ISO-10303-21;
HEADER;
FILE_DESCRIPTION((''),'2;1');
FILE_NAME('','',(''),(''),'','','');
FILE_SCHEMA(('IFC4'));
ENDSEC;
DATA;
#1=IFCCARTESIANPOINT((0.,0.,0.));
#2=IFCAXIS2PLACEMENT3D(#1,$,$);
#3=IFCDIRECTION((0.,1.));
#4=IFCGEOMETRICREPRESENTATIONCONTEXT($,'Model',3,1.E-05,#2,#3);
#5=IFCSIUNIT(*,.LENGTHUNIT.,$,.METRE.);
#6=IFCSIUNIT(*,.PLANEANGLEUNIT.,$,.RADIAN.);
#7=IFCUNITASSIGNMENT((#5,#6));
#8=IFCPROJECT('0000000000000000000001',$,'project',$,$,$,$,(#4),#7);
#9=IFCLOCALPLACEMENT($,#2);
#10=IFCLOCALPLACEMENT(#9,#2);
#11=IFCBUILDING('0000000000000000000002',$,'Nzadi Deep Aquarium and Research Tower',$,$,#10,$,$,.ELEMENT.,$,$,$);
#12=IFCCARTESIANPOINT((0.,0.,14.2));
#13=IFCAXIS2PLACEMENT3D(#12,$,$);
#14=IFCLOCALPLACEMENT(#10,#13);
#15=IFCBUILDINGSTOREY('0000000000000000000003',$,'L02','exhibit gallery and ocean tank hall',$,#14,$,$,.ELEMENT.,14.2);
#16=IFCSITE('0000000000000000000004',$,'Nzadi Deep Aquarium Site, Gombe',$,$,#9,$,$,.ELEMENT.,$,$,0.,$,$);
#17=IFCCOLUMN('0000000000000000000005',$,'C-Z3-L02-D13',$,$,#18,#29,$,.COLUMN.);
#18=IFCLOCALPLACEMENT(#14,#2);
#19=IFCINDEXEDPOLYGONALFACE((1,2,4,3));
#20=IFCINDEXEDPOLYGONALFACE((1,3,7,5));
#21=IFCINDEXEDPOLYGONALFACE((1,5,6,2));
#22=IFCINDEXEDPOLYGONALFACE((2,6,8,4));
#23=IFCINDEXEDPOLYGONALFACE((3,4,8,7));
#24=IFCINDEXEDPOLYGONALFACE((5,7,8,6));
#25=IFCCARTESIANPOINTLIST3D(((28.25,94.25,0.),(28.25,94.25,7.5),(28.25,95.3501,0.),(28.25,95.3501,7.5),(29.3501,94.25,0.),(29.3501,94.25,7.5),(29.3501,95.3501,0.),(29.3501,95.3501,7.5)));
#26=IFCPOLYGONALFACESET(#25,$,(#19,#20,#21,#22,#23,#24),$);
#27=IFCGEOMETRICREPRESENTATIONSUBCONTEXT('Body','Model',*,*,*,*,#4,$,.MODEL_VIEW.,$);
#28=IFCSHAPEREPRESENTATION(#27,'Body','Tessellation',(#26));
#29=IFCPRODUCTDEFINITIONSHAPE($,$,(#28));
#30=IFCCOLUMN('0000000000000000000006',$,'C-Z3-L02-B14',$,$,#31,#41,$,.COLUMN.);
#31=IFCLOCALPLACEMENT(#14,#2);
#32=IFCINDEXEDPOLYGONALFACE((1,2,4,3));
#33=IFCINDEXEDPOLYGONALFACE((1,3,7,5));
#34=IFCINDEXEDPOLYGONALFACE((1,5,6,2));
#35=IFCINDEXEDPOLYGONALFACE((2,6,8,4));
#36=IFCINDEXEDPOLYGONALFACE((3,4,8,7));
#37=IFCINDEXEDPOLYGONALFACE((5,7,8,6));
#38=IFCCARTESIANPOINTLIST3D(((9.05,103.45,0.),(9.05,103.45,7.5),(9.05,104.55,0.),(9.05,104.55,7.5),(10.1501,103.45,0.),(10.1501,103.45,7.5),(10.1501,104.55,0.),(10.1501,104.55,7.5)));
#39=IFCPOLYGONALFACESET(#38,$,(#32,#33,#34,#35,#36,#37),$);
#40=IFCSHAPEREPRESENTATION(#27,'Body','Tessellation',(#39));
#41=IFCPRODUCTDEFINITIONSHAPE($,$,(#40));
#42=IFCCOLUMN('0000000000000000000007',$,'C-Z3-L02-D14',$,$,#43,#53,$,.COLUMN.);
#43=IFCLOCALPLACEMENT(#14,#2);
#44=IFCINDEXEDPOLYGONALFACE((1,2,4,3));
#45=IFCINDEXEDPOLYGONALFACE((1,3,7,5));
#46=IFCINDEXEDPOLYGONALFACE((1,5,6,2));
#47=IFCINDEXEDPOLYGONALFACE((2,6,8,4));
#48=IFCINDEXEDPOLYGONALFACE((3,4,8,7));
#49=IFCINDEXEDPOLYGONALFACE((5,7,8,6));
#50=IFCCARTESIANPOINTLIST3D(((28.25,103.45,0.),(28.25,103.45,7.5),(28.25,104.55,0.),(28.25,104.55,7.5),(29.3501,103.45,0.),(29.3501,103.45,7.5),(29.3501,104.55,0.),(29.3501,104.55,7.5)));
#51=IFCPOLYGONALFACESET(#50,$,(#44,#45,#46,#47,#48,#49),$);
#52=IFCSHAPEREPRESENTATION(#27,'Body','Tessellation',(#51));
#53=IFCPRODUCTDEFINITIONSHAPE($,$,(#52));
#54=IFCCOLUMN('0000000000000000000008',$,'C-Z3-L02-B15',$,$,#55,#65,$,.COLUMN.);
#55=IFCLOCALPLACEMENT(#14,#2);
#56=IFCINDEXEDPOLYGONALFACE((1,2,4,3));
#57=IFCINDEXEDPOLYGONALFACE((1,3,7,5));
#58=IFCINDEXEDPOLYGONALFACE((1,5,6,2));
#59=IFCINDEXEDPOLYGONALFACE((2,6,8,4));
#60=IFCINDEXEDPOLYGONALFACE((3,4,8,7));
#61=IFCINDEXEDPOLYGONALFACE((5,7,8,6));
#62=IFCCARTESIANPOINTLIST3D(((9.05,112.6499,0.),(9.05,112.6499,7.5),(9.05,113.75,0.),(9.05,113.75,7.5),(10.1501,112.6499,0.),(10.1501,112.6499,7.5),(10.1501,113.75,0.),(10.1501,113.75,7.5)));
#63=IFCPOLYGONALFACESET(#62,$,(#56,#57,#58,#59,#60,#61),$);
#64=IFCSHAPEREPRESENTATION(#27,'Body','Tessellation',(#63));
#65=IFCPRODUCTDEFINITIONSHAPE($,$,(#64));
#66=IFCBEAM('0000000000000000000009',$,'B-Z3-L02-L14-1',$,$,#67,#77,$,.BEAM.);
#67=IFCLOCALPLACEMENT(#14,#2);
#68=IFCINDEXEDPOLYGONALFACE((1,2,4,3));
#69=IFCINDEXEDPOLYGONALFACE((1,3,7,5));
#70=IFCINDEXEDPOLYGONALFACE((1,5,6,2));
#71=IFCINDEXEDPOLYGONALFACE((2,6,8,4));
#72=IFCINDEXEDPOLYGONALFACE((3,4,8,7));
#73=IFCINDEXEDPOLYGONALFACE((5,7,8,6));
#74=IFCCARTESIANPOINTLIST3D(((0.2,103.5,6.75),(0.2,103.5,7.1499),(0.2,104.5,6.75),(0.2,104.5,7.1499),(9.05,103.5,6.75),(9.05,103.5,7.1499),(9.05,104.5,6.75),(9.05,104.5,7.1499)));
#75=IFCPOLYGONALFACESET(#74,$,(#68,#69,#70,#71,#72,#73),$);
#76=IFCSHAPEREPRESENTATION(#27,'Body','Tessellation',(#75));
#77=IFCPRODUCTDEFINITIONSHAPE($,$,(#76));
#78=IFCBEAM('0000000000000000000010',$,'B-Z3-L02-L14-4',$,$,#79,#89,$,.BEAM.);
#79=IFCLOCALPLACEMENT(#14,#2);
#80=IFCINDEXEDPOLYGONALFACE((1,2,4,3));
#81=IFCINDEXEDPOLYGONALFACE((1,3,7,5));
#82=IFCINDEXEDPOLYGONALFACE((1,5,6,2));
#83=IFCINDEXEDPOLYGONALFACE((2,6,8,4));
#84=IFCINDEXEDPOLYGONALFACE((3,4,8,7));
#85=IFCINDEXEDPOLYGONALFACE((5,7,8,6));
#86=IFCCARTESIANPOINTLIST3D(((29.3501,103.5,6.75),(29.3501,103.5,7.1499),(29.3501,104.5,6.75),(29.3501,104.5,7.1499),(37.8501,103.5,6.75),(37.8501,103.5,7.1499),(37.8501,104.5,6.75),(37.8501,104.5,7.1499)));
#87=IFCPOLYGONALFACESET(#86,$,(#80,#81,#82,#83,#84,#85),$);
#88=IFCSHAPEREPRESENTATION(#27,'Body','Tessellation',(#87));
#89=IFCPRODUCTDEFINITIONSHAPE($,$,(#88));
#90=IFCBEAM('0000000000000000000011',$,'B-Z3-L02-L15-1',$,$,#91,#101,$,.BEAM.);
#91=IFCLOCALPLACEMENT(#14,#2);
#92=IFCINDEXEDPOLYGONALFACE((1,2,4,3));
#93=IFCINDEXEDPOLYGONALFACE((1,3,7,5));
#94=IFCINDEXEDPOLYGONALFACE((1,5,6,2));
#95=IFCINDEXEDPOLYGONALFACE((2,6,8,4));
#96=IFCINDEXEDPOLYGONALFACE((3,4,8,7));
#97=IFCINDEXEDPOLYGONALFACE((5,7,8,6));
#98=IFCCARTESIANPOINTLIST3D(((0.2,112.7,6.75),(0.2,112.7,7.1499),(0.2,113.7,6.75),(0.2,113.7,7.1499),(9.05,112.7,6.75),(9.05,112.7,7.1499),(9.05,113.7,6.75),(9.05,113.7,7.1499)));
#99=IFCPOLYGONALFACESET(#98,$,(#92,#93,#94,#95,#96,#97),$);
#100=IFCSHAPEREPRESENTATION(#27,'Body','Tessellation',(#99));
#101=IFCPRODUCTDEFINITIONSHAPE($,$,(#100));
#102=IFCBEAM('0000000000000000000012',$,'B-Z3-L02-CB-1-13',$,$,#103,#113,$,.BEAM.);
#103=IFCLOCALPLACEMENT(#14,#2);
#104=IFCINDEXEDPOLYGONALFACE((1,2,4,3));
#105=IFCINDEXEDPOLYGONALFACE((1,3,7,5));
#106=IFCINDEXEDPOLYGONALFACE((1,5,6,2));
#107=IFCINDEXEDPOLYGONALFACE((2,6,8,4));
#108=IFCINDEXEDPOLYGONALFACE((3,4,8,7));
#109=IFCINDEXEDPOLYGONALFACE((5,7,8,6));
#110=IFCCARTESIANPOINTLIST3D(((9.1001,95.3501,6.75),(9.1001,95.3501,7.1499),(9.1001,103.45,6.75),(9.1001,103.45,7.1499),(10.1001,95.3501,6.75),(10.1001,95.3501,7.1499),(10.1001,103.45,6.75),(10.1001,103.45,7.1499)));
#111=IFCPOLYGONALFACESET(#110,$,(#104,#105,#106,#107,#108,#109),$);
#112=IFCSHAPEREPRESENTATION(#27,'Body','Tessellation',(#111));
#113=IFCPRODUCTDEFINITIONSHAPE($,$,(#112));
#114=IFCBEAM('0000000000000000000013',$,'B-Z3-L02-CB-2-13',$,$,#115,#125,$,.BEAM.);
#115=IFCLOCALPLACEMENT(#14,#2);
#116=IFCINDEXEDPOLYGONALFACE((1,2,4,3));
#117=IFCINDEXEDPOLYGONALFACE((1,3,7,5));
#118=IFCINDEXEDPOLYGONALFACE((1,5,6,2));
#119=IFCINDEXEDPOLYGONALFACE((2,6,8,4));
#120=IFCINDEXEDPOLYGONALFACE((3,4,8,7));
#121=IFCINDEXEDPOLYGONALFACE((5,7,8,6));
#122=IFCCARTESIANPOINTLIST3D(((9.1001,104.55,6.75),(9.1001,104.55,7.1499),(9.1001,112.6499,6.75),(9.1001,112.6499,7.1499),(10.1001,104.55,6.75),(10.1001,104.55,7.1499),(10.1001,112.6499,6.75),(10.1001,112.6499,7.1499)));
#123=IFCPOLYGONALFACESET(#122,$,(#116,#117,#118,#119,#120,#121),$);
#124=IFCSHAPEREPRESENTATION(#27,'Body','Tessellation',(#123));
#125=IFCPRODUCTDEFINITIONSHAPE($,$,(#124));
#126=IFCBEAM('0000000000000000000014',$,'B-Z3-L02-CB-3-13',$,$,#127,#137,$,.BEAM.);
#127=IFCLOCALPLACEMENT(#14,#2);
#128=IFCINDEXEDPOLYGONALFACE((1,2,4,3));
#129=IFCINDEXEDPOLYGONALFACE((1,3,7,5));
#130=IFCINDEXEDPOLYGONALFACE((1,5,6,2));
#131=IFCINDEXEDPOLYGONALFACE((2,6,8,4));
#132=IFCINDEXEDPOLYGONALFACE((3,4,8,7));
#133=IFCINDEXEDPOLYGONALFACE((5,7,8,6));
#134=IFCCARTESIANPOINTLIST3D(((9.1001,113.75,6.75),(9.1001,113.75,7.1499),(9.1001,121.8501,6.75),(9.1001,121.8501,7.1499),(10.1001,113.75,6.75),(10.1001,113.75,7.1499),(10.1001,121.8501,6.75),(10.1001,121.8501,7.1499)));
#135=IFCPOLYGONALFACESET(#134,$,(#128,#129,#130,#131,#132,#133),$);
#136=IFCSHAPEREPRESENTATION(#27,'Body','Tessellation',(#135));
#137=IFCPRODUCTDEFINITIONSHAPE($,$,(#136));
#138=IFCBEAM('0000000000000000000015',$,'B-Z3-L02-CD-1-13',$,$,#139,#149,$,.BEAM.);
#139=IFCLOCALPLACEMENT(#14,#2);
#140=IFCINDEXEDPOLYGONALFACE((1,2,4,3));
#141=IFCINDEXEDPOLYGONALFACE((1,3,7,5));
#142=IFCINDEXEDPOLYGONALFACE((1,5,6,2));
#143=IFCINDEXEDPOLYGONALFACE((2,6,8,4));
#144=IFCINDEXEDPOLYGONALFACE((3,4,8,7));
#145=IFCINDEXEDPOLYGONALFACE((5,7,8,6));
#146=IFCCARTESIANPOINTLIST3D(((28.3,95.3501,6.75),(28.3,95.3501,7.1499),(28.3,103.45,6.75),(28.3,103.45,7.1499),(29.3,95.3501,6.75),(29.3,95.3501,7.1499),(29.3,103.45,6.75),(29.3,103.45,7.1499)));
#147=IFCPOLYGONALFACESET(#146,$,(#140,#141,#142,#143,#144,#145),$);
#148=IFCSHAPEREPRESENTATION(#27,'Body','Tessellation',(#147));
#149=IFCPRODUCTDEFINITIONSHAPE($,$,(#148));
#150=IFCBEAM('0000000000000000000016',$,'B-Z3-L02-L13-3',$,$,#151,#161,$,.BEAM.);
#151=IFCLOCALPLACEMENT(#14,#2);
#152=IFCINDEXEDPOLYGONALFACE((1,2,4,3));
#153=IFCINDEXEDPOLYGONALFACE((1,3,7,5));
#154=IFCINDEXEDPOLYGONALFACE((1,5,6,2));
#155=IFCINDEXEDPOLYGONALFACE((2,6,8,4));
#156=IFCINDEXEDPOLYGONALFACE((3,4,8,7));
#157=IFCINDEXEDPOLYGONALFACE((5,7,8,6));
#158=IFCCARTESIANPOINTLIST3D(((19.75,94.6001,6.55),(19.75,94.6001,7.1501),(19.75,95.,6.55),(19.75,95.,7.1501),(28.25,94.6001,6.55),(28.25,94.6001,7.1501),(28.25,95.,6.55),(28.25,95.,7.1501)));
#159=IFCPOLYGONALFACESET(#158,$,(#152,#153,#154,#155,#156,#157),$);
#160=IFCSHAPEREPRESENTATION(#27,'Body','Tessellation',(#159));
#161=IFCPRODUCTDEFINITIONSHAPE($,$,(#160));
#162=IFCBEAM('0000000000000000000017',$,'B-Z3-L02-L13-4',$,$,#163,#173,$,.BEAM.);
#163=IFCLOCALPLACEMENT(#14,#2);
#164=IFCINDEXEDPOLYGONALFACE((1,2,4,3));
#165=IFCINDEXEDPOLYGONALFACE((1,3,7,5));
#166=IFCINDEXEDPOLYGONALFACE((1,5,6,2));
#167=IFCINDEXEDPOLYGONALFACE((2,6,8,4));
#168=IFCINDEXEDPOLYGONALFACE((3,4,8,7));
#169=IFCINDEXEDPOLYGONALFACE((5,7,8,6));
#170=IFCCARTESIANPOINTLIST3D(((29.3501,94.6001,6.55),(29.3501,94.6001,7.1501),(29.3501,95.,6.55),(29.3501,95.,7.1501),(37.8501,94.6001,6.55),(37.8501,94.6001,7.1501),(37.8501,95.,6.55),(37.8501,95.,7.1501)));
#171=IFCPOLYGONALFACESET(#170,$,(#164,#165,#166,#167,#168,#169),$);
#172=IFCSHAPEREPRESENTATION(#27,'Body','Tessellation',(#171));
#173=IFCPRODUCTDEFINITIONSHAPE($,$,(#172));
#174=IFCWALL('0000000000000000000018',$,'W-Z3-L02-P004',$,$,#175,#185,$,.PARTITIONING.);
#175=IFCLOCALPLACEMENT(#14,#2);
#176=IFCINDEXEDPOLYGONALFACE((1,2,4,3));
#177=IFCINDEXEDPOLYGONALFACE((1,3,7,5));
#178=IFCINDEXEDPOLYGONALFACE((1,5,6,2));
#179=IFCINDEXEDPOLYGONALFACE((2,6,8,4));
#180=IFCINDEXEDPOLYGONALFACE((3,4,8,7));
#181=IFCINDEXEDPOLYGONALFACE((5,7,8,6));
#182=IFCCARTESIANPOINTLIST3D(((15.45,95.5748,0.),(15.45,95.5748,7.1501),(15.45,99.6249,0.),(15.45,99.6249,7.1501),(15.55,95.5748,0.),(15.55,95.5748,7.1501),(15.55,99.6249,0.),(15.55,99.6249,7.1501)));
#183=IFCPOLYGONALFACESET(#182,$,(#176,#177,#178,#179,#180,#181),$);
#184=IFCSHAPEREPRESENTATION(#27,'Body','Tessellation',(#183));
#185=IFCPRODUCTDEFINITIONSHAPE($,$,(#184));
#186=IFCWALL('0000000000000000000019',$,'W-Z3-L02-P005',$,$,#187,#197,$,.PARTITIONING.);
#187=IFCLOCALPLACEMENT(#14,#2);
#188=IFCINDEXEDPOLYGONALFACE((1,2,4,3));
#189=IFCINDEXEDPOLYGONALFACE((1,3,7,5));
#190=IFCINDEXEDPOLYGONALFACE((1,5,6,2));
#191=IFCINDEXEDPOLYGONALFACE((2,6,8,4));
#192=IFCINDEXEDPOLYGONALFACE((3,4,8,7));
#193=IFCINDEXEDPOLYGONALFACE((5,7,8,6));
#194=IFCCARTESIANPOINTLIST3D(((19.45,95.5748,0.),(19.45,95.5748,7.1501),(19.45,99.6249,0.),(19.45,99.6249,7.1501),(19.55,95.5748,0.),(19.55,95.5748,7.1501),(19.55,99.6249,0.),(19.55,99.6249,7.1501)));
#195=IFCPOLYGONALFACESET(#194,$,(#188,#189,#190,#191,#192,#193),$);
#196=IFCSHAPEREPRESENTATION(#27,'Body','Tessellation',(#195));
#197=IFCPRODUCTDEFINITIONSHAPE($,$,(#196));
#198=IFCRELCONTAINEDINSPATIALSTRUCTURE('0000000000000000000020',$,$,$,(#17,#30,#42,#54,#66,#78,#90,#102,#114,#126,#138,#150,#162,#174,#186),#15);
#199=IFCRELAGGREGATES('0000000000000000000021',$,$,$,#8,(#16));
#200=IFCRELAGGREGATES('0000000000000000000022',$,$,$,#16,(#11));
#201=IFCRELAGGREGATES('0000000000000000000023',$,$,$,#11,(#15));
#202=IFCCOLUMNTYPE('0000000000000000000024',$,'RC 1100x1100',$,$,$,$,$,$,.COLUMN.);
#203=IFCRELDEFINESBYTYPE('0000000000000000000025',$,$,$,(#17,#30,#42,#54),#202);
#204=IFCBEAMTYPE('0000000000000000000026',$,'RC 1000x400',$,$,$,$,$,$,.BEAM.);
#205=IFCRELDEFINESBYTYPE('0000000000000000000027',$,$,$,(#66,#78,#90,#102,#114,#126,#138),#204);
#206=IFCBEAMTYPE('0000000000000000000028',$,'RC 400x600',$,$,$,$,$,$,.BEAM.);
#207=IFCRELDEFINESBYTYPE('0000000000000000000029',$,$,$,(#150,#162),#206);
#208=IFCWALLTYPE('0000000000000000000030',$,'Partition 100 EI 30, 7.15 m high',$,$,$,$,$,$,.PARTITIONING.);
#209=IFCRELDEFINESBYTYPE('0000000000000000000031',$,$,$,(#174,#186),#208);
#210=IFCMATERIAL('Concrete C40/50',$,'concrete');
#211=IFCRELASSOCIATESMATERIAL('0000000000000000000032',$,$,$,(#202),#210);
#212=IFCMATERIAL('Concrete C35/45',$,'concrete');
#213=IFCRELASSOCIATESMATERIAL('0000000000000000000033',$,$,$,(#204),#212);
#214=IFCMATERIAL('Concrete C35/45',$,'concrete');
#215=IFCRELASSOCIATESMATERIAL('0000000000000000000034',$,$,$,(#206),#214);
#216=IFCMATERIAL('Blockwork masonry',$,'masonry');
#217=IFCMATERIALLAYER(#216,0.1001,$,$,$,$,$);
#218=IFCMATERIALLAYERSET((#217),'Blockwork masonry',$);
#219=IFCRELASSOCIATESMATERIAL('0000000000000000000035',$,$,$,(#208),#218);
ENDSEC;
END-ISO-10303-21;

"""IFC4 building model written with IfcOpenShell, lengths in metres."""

from ifc_helpers import new_model, si_unit, direction, frame, frame_2d, origin, origin_2d, place, context, subcontext, project, spatial, rectangle, extrude, material, layer, layer_set, material_profile, profile_set, type_object, element, save


model = new_model("IFC4")

# Units and contexts
model_context = context("Model", 3, precision=1e-05, world=origin(), true_north=direction((0.0, 1.0)))
body_context = subcontext(model_context, "Body", "Model", "MODEL_VIEW")
ifc_project = project(units=[si_unit("LENGTHUNIT", "METRE"), si_unit("PLANEANGLEUNIT", "RADIAN")], contexts=[model_context])

# Site, building, storey
site_placement = place(None, origin())
site = spatial("IfcSite", under=ifc_project, at=site_placement, Name="Nzadi Deep Aquarium Site, Gombe", CompositionType="ELEMENT", RefElevation=0.0)
building_placement = place(site_placement, origin())
building = spatial("IfcBuilding", under=site, at=building_placement, Name="Nzadi Deep Aquarium and Research Tower", CompositionType="ELEMENT")
storey_placement = place(building_placement, frame((0.0, 0.0, 14.2)))
storey = spatial("IfcBuildingStorey", under=building, at=storey_placement, Name="L02", Description="exhibit gallery and ocean tank hall", CompositionType="ELEMENT", Elevation=14.2)

# Columns
ifc_material_1 = material(Name="Concrete C40/50", Category="concrete")
ifc_material_profile_1 = material_profile(ifc_material_1, rectangle(XDim=1.1001, YDim=1.1001, at=origin_2d()))
ifc_profile_set_1 = profile_set([ifc_material_profile_1], Name="Concrete C40/50")
column_type = type_object("IfcColumnType", Name="RC 1100x1100", PredefinedType="COLUMN", material=ifc_profile_set_1)
for number, where, z_axis, x_axis, name in (
    (1, (28.8, 94.8, 0.0), (0.0, 0.0, 1.0), (1.0, 0.0, 0.0), "C-Z3-L02-D13"),
    (2, (9.6001, 104.0, 0.0), (0.0, 0.0, 1.0), (1.0, 0.0, 0.0), "C-Z3-L02-B14"),
    (3, (28.8, 104.0, 0.0), (0.0, 0.0, 1.0), (1.0, 0.0, 0.0), "C-Z3-L02-D14"),
    (4, (9.6001, 113.2, 0.0), (0.0, 0.0, 1.0), (1.0, 0.0, 0.0), "C-Z3-L02-B15"),
):
    element("IfcColumn", number, at=place(storey_placement, frame(where, z_axis=z_axis, x_axis=x_axis)), inside=storey, type_object=column_type, Name=name, PredefinedType="COLUMN", context=body_context, shape_type="SweptSolid", body=[
        extrude(rectangle(XDim=1.1001, YDim=1.1001, at=origin_2d()), origin(), (0.0, 0.0, 1.0), 7.5),
    ])

# Beams
ifc_material_2 = material(Name="Concrete C35/45", Category="concrete")
ifc_material_profile_2 = material_profile(ifc_material_2, rectangle(XDim=1.0, YDim=0.3999, at=origin_2d()))
ifc_profile_set_2 = profile_set([ifc_material_profile_2], Name="Concrete C35/45")
beam_type_1 = type_object("IfcBeamType", Name="RC 1000x400", PredefinedType="BEAM", material=ifc_profile_set_2)
beam_1_placement = place(storey_placement, frame((0.2, 104.0, 6.95), z_axis=(1.0, 0.0, 0.0), x_axis=(0.0, 1.0, 0.0)))
element("IfcBeam", 5, at=beam_1_placement, inside=storey, type_object=beam_type_1, Name="B-Z3-L02-L14-1", PredefinedType="BEAM", context=body_context, shape_type="SweptSolid", body=[
    extrude(rectangle(XDim=1.0, YDim=0.3999, at=origin_2d()), origin(), (0.0, 0.0, 1.0), 8.8501),
])
beam_2_placement = place(storey_placement, frame((29.3501, 104.0, 6.95), z_axis=(1.0, 0.0, 0.0), x_axis=(0.0, 1.0, 0.0)))
element("IfcBeam", 6, at=beam_2_placement, inside=storey, type_object=beam_type_1, Name="B-Z3-L02-L14-4", PredefinedType="BEAM", context=body_context, shape_type="SweptSolid", body=[
    extrude(rectangle(XDim=1.0, YDim=0.3999, at=origin_2d()), origin(), (0.0, 0.0, 1.0), 8.5),
])
beam_3_placement = place(storey_placement, frame((0.2, 113.2, 6.95), z_axis=(1.0, 0.0, 0.0), x_axis=(0.0, 1.0, 0.0)))
element("IfcBeam", 7, at=beam_3_placement, inside=storey, type_object=beam_type_1, Name="B-Z3-L02-L15-1", PredefinedType="BEAM", context=body_context, shape_type="SweptSolid", body=[
    extrude(rectangle(XDim=1.0, YDim=0.3999, at=origin_2d()), origin(), (0.0, 0.0, 1.0), 8.8501),
])
for number, where, z_axis, x_axis, name in (
    (8, (9.6001, 95.3501, 6.95), (0.0, 1.0, 0.0), (-1.0, 0.0, 0.0), "B-Z3-L02-CB-1-13"),
    (9, (9.6001, 104.55, 6.95), (0.0, 1.0, 0.0), (-1.0, 0.0, 0.0), "B-Z3-L02-CB-2-13"),
):
    element("IfcBeam", number, at=place(storey_placement, frame(where, z_axis=z_axis, x_axis=x_axis)), inside=storey, type_object=beam_type_1, Name=name, PredefinedType="BEAM", context=body_context, shape_type="SweptSolid", body=[
        extrude(rectangle(XDim=1.0, YDim=0.3999, at=origin_2d()), origin(), (0.0, 0.0, 1.0), 8.0999),
    ])
beam_4_placement = place(storey_placement, frame((9.6001, 113.75, 6.95), z_axis=(0.0, 1.0, 0.0), x_axis=(-1.0, 0.0, 0.0)))
element("IfcBeam", 10, at=beam_4_placement, inside=storey, type_object=beam_type_1, Name="B-Z3-L02-CB-3-13", PredefinedType="BEAM", context=body_context, shape_type="SweptSolid", body=[
    extrude(rectangle(XDim=1.0, YDim=0.3999, at=origin_2d()), origin(), (0.0, 0.0, 1.0), 8.1001),
])
beam_5_placement = place(storey_placement, frame((28.8, 95.3501, 6.95), z_axis=(0.0, 1.0, 0.0), x_axis=(-1.0, 0.0, 0.0)))
element("IfcBeam", 11, at=beam_5_placement, inside=storey, type_object=beam_type_1, Name="B-Z3-L02-CD-1-13", PredefinedType="BEAM", context=body_context, shape_type="SweptSolid", body=[
    extrude(rectangle(XDim=1.0, YDim=0.3999, at=origin_2d()), origin(), (0.0, 0.0, 1.0), 8.0999),
])
ifc_material_3 = material(Name="Concrete C35/45", Category="concrete")
ifc_material_profile_3 = material_profile(ifc_material_3, rectangle(XDim=0.3999, YDim=0.6001, at=origin_2d()))
ifc_profile_set_3 = profile_set([ifc_material_profile_3], Name="Concrete C35/45")
beam_type_2 = type_object("IfcBeamType", Name="RC 400x600", PredefinedType="BEAM", material=ifc_profile_set_3)
for number, where, z_axis, x_axis, name in (
    (12, (19.75, 94.8, 6.8501), (1.0, 0.0, 0.0), (0.0, 1.0, 0.0), "B-Z3-L02-L13-3"),
    (13, (29.3501, 94.8, 6.8501), (1.0, 0.0, 0.0), (0.0, 1.0, 0.0), "B-Z3-L02-L13-4"),
):
    element("IfcBeam", number, at=place(storey_placement, frame(where, z_axis=z_axis, x_axis=x_axis)), inside=storey, type_object=beam_type_2, Name=name, PredefinedType="BEAM", context=body_context, shape_type="SweptSolid", body=[
        extrude(rectangle(XDim=0.3999, YDim=0.6001, at=origin_2d()), origin(), (0.0, 0.0, 1.0), 8.5),
    ])

# Walls
ifc_material_4 = material(Name="Blockwork masonry", Category="masonry")
ifc_layer_1 = layer(ifc_material_4, 0.1001)
ifc_layer_set_1 = layer_set([ifc_layer_1], Name="Blockwork masonry")
wall_type_1 = type_object("IfcWallType", Name="Partition 100 EI 30, 7.15 m high", PredefinedType="PARTITIONING", material=ifc_layer_set_1)
for number, where, z_axis, x_axis, name in (
    (14, (15.5, 95.575, 0.0), (0.0, 0.0, 1.0), (0.0, 1.0, 0.0), "W-Z3-L02-P004"),
    (15, (19.5, 95.575, 0.0), (0.0, 0.0, 1.0), (0.0, 1.0, 0.0), "W-Z3-L02-P005"),
):
    element("IfcWall", number, at=place(storey_placement, frame(where, z_axis=z_axis, x_axis=x_axis)), inside=storey, type_object=wall_type_1, Name=name, PredefinedType="PARTITIONING", context=body_context, shape_type="SweptSolid", body=[
        extrude(rectangle(XDim=4.05, YDim=0.1001, at=frame_2d((2.0249, 0.0))), origin(), (0.0, 0.0, 1.0), 7.1501),
    ])

save(model, "model.ifc")
